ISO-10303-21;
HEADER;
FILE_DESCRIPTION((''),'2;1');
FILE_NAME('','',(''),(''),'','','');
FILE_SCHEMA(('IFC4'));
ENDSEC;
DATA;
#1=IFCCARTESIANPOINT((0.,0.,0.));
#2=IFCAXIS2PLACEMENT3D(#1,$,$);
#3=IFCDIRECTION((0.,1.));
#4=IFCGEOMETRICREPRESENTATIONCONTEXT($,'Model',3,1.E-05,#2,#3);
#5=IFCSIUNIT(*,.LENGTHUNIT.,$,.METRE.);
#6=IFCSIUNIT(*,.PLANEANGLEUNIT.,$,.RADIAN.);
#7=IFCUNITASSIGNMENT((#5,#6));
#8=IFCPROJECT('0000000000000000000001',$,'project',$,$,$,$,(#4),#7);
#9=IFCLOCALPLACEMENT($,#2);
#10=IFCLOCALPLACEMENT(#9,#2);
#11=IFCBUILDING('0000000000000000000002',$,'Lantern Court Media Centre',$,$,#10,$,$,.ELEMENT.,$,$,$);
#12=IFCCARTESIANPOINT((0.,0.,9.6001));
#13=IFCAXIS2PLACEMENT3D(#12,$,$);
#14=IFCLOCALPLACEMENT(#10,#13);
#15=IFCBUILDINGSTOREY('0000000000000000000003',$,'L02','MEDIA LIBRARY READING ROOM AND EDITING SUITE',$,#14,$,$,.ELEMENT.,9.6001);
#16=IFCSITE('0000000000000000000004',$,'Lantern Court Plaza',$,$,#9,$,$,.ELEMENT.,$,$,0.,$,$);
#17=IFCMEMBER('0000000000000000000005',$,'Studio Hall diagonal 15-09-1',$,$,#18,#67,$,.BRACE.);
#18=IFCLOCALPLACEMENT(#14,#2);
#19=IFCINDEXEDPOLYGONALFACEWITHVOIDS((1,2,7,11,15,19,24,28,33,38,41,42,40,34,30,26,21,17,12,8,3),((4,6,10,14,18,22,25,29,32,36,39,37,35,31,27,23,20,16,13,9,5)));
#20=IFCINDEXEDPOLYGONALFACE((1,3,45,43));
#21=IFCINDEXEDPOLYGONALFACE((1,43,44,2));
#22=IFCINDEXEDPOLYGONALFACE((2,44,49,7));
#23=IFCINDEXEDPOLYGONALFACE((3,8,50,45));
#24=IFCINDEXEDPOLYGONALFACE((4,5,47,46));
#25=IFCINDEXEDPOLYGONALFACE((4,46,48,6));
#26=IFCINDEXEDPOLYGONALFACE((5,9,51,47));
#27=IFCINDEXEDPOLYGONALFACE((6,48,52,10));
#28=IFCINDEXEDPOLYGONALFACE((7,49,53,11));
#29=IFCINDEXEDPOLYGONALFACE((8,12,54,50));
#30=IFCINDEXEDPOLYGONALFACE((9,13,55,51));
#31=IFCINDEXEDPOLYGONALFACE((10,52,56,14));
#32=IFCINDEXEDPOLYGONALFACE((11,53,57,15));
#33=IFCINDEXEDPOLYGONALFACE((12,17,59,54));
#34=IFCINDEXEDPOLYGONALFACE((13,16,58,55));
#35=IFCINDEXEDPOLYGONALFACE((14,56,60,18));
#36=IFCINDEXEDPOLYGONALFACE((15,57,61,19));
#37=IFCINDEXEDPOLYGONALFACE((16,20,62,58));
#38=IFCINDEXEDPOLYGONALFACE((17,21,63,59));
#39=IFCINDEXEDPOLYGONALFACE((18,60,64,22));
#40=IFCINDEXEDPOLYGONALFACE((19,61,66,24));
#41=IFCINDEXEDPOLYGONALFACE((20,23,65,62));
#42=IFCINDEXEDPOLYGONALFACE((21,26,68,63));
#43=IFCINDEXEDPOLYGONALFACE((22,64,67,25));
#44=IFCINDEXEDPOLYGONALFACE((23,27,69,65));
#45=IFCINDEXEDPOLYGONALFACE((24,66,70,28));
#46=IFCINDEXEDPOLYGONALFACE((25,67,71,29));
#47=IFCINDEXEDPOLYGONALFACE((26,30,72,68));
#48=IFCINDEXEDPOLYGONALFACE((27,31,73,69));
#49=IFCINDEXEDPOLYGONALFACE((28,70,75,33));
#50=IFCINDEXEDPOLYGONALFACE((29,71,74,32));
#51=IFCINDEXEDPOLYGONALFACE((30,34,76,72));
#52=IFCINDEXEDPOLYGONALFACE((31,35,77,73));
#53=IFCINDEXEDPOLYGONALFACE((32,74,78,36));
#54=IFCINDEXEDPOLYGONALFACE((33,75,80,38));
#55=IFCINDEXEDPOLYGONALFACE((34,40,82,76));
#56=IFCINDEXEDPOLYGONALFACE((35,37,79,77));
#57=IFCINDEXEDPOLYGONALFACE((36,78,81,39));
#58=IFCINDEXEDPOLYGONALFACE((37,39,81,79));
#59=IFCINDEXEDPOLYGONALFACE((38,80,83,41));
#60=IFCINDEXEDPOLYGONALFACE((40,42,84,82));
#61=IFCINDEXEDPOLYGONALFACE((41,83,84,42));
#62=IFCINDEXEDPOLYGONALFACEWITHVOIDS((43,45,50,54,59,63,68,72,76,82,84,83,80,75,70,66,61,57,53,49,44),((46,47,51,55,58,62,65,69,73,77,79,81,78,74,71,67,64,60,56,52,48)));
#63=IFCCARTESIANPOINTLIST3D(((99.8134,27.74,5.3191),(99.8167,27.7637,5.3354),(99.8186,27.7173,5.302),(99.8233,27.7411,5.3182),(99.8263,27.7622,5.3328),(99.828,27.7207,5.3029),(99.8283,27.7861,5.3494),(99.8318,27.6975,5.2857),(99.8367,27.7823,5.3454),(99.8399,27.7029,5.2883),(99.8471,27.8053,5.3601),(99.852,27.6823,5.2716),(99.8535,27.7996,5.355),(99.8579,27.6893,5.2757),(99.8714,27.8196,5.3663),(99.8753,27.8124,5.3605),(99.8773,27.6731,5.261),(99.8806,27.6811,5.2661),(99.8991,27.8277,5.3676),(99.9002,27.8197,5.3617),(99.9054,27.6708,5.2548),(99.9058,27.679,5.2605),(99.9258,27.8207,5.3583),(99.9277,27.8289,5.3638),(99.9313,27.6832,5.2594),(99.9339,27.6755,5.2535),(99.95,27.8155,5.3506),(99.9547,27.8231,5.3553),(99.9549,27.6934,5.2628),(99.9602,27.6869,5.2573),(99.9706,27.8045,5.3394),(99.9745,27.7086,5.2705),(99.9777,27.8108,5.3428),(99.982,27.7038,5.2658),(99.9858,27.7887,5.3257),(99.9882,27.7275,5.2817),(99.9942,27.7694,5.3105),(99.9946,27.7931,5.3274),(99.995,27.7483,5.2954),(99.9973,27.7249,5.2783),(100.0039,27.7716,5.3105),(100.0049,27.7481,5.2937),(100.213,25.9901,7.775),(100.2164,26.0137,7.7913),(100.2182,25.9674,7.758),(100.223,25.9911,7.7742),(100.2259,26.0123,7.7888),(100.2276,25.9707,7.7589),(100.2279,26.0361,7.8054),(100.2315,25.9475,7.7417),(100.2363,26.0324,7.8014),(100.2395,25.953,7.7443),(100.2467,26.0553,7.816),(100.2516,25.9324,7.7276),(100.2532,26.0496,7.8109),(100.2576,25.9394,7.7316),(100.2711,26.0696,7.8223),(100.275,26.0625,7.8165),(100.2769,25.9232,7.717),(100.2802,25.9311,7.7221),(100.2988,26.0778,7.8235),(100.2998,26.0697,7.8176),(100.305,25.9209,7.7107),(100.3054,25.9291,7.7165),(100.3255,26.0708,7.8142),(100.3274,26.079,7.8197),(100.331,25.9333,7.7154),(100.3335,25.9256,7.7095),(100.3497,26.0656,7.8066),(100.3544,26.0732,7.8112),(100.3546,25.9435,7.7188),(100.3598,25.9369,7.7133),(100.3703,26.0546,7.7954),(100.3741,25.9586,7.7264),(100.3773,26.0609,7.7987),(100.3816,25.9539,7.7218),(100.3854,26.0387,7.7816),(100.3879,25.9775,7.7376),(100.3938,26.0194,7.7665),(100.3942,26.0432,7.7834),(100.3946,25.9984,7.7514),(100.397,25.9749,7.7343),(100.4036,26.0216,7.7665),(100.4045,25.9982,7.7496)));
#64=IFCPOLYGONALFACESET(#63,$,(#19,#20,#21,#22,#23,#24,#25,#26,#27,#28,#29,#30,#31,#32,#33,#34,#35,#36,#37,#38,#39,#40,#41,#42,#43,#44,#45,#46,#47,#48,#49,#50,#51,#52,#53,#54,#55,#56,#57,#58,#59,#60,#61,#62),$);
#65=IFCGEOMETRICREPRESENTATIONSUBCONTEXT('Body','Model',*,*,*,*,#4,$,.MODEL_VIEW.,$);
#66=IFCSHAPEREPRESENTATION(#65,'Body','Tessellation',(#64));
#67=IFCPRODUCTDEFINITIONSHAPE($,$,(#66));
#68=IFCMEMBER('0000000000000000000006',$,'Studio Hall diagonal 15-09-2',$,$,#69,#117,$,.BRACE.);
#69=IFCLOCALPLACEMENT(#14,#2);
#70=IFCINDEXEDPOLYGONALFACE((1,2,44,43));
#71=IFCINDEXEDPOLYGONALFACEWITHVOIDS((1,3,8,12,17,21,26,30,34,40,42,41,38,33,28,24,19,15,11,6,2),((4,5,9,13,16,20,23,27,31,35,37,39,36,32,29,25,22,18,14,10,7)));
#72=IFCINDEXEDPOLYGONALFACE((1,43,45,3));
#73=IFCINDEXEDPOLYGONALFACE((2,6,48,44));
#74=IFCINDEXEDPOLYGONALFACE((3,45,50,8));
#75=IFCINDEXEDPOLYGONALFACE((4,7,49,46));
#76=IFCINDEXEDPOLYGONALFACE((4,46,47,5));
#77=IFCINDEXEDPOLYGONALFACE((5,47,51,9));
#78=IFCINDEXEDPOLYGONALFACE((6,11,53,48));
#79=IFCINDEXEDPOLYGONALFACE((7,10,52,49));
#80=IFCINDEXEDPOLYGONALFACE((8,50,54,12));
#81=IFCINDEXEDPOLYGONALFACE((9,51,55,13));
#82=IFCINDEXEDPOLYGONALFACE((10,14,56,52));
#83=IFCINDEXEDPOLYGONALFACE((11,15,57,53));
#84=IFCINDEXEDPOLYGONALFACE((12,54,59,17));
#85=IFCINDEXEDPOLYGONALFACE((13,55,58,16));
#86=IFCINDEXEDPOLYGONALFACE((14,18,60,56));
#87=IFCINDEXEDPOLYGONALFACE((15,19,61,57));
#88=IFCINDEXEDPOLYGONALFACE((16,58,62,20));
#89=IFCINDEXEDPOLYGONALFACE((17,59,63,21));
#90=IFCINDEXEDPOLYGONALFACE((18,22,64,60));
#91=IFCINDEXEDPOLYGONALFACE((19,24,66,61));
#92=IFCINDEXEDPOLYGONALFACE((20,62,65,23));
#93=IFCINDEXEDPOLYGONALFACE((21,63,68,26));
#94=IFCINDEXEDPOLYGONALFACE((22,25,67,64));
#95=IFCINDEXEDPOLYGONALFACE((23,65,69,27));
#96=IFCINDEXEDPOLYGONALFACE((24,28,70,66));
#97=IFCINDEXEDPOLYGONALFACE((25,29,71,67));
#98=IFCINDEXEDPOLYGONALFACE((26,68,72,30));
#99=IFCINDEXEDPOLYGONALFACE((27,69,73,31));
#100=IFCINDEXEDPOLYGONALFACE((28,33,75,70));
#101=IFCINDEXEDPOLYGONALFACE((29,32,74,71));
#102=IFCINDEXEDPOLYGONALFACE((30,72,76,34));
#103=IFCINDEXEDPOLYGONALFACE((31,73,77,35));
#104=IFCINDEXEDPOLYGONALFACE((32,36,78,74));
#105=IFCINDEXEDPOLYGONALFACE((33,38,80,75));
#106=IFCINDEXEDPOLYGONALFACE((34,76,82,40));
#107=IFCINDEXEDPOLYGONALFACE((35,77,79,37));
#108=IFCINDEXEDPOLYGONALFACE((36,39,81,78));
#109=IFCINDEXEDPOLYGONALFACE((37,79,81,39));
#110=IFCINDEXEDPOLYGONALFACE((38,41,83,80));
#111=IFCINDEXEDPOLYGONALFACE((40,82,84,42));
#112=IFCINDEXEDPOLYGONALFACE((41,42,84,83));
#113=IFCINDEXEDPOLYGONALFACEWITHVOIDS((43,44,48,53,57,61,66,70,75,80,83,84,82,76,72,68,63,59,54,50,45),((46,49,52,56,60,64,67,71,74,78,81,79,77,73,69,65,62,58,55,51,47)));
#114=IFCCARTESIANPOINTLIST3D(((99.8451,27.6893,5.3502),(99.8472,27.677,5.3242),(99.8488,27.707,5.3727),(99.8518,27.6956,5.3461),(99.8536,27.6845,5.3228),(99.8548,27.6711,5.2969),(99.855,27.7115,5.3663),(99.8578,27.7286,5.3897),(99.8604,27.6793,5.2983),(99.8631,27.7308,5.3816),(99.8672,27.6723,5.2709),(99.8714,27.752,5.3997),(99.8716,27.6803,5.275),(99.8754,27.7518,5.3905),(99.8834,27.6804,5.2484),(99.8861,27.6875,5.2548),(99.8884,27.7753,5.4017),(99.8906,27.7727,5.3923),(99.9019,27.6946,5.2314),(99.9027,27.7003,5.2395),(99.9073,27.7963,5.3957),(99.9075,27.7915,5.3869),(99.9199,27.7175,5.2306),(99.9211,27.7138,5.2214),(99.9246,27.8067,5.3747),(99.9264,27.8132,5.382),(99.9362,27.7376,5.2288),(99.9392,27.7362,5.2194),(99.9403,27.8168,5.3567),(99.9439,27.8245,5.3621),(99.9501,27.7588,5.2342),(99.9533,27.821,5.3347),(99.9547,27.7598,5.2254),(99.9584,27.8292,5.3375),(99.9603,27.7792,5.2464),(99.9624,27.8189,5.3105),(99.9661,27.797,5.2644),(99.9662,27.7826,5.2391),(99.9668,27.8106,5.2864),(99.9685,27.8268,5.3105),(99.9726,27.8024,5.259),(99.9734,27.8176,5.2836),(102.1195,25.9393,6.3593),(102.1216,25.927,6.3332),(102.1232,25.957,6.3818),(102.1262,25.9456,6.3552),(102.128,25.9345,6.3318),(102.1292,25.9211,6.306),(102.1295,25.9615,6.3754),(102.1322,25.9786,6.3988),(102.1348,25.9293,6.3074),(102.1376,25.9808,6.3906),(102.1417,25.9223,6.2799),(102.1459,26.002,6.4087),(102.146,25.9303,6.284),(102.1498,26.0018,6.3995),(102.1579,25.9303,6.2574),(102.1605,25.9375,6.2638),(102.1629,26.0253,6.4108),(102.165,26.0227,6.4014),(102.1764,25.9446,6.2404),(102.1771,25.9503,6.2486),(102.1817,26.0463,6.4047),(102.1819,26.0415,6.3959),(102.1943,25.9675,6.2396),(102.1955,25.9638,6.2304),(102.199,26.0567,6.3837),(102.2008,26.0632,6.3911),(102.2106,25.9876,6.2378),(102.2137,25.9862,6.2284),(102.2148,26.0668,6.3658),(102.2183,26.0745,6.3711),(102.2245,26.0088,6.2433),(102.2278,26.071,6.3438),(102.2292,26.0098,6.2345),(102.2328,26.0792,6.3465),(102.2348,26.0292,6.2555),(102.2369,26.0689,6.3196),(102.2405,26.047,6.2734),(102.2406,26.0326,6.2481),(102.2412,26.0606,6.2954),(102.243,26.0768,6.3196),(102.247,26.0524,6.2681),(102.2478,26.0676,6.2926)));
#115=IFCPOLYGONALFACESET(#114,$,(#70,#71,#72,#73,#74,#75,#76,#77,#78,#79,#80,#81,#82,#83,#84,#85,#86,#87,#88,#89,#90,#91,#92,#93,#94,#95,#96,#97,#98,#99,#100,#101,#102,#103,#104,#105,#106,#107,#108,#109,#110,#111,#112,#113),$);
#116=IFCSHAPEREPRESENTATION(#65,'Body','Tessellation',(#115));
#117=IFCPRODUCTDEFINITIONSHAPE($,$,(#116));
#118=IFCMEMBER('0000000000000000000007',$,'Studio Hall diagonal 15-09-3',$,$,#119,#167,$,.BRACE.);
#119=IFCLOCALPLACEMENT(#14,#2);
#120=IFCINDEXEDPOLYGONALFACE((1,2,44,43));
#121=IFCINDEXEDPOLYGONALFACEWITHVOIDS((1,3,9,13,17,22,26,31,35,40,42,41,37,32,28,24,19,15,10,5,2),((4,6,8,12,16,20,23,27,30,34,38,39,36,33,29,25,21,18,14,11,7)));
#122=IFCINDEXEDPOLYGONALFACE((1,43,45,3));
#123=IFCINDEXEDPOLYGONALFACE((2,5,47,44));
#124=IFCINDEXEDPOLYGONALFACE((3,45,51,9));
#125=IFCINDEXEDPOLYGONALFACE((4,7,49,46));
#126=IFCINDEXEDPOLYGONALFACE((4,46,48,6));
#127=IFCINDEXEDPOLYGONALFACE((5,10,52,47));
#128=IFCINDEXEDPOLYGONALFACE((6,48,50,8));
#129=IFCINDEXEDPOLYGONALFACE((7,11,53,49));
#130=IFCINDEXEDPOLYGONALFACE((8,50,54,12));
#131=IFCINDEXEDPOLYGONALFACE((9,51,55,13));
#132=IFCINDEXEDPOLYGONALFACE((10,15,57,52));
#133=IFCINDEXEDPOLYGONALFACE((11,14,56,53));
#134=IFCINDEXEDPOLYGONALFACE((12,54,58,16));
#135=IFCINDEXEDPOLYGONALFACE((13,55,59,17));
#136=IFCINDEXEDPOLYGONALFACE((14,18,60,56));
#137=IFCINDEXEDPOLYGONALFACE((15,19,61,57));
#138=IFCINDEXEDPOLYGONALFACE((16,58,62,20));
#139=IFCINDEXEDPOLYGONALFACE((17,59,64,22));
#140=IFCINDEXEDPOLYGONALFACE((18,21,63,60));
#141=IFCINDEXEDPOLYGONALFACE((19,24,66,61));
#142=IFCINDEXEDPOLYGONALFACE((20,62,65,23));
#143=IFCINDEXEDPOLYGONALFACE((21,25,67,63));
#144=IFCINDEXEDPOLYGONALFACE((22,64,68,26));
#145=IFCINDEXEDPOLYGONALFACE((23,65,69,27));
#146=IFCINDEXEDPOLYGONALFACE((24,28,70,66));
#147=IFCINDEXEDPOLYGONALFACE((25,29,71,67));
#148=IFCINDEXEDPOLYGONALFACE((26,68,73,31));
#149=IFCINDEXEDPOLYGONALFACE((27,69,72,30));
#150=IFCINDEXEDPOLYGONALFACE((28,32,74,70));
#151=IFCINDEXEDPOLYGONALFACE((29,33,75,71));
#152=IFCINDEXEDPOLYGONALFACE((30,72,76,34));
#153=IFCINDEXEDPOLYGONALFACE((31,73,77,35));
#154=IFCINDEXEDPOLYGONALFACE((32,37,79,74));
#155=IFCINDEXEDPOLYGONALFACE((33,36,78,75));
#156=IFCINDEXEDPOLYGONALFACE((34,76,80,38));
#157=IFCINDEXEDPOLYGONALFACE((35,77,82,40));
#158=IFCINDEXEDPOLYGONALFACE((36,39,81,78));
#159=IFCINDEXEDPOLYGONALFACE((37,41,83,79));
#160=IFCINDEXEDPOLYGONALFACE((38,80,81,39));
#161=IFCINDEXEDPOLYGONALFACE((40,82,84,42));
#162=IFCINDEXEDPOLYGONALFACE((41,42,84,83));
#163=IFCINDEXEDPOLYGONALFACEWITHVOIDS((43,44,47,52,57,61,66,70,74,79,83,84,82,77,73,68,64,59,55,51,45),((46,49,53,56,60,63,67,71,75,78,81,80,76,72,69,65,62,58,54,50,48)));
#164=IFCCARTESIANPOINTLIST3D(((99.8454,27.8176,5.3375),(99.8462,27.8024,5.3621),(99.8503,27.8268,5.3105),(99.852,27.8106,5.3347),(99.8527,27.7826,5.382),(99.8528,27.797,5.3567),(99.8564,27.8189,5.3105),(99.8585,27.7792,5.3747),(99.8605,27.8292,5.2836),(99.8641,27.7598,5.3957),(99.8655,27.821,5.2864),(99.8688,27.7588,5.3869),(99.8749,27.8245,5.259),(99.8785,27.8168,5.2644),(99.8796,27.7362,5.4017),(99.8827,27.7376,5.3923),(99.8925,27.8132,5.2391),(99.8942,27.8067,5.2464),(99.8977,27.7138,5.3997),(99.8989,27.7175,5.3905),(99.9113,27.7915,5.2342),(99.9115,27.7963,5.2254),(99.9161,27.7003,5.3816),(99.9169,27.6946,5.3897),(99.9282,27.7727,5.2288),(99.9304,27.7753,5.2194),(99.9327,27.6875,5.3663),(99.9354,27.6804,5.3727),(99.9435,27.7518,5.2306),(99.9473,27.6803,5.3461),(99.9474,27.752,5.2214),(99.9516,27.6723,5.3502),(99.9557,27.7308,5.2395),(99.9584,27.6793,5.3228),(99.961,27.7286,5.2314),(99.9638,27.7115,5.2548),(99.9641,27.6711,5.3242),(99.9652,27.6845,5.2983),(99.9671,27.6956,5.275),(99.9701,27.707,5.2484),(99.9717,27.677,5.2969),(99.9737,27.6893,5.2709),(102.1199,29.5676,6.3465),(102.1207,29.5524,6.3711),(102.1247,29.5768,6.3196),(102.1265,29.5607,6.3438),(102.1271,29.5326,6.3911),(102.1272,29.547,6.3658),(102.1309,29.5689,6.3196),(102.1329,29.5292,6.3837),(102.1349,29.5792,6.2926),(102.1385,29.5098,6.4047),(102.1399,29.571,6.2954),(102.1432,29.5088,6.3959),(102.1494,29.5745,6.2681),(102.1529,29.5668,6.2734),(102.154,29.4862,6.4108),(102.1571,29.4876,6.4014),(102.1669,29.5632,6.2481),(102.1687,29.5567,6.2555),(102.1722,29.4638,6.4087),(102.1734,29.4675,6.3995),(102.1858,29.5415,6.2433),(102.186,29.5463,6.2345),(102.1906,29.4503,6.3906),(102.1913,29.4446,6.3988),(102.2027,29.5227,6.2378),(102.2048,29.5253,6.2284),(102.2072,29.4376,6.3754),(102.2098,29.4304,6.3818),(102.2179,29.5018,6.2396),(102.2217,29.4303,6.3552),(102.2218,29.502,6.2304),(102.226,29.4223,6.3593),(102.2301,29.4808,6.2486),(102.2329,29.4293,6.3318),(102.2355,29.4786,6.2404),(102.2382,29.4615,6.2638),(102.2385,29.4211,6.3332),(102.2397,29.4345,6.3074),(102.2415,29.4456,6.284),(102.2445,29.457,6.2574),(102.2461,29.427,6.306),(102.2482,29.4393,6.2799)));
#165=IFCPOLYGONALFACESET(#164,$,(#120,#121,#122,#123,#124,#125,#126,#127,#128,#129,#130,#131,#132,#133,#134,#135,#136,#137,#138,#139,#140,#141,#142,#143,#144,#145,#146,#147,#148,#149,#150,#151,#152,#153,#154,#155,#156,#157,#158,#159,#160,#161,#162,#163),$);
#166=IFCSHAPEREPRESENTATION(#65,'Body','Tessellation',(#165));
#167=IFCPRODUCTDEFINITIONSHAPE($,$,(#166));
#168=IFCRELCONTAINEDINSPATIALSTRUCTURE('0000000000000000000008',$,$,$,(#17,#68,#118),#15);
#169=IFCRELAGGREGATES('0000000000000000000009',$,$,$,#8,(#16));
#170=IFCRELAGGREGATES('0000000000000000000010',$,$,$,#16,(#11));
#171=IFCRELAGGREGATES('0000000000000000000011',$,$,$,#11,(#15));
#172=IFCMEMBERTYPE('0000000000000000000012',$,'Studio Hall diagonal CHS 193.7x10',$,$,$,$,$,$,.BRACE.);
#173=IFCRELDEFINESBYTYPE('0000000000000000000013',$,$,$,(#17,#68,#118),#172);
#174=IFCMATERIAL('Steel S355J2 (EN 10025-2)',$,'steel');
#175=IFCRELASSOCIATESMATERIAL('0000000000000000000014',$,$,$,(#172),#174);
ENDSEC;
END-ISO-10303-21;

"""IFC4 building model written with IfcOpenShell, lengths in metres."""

from ifc_helpers import new_model, si_unit, direction, frame, origin, origin_2d, place, context, subcontext, project, spatial, hollow_circle, extrude, material, material_profile, profile_set, type_object, element, save


model = new_model("IFC4")

# Units and contexts
model_context = context("Model", 3, precision=1e-05, world=origin(), true_north=direction((0.0, 1.0)))
body_context = subcontext(model_context, "Body", "Model", "MODEL_VIEW")
ifc_project = project(units=[si_unit("LENGTHUNIT", "METRE"), si_unit("PLANEANGLEUNIT", "RADIAN")], contexts=[model_context])

# Site, building, storey
site_placement = place(None, origin())
site = spatial("IfcSite", under=ifc_project, at=site_placement, Name="Lantern Court Plaza", CompositionType="ELEMENT", RefElevation=0.0)
building_placement = place(site_placement, origin())
building = spatial("IfcBuilding", under=site, at=building_placement, Name="Lantern Court Media Centre", CompositionType="ELEMENT")
storey_placement = place(building_placement, frame((0.0, 0.0, 9.6001)))
storey = spatial("IfcBuildingStorey", under=building, at=storey_placement, Name="L02", Description="MEDIA LIBRARY READING ROOM AND EDITING SUITE", CompositionType="ELEMENT", Elevation=9.6001)

# Members
ifc_material = material(Name="Steel S355J2 (EN 10025-2)", Category="steel")
ifc_material_profile_1 = material_profile(ifc_material, hollow_circle(Radius=0.0969, WallThickness=0.01, at=origin_2d()), Name="Studio Hall diagonal CHS 193.7x10")
ifc_profile_set_1 = profile_set([ifc_material_profile_1], Name="Steel S355J2 (EN 10025-2)")
member_type_1 = type_object("IfcMemberType", Name="Studio Hall diagonal CHS 193.7x10", PredefinedType="BRACE", material=ifc_profile_set_1)
for number, where, z_axis, x_axis, name in (
    (1, (99.9094, 27.75, 5.3105), (0.131375, -0.575259, 0.807352), (0.9749, 0.222644, 0.0), "Studio Hall diagonal 15-09-1"),
    (2, (99.9094, 27.75, 5.3105), (0.747677, -0.575284, 0.331703), (0.609809, 0.792548, 0.0), "Studio Hall diagonal 15-09-2"),
    (3, (99.9094, 27.75, 5.3105), (0.747677, 0.575284, 0.331703), (-0.609809, 0.792548, 0.0), "Studio Hall diagonal 15-09-3"),
):
    element("IfcMember", number, at=place(storey_placement, frame(where, z_axis=z_axis, x_axis=x_axis)), inside=storey, type_object=member_type_1, Name=name, PredefinedType="BRACE", context=body_context, shape_type="SweptSolid", body=[
        extrude(hollow_circle(Radius=0.0969, WallThickness=0.01, at=origin_2d()), origin(), (0.0, 0.0, 1.0), 3.042),
    ])

save(model, "model.ifc")
